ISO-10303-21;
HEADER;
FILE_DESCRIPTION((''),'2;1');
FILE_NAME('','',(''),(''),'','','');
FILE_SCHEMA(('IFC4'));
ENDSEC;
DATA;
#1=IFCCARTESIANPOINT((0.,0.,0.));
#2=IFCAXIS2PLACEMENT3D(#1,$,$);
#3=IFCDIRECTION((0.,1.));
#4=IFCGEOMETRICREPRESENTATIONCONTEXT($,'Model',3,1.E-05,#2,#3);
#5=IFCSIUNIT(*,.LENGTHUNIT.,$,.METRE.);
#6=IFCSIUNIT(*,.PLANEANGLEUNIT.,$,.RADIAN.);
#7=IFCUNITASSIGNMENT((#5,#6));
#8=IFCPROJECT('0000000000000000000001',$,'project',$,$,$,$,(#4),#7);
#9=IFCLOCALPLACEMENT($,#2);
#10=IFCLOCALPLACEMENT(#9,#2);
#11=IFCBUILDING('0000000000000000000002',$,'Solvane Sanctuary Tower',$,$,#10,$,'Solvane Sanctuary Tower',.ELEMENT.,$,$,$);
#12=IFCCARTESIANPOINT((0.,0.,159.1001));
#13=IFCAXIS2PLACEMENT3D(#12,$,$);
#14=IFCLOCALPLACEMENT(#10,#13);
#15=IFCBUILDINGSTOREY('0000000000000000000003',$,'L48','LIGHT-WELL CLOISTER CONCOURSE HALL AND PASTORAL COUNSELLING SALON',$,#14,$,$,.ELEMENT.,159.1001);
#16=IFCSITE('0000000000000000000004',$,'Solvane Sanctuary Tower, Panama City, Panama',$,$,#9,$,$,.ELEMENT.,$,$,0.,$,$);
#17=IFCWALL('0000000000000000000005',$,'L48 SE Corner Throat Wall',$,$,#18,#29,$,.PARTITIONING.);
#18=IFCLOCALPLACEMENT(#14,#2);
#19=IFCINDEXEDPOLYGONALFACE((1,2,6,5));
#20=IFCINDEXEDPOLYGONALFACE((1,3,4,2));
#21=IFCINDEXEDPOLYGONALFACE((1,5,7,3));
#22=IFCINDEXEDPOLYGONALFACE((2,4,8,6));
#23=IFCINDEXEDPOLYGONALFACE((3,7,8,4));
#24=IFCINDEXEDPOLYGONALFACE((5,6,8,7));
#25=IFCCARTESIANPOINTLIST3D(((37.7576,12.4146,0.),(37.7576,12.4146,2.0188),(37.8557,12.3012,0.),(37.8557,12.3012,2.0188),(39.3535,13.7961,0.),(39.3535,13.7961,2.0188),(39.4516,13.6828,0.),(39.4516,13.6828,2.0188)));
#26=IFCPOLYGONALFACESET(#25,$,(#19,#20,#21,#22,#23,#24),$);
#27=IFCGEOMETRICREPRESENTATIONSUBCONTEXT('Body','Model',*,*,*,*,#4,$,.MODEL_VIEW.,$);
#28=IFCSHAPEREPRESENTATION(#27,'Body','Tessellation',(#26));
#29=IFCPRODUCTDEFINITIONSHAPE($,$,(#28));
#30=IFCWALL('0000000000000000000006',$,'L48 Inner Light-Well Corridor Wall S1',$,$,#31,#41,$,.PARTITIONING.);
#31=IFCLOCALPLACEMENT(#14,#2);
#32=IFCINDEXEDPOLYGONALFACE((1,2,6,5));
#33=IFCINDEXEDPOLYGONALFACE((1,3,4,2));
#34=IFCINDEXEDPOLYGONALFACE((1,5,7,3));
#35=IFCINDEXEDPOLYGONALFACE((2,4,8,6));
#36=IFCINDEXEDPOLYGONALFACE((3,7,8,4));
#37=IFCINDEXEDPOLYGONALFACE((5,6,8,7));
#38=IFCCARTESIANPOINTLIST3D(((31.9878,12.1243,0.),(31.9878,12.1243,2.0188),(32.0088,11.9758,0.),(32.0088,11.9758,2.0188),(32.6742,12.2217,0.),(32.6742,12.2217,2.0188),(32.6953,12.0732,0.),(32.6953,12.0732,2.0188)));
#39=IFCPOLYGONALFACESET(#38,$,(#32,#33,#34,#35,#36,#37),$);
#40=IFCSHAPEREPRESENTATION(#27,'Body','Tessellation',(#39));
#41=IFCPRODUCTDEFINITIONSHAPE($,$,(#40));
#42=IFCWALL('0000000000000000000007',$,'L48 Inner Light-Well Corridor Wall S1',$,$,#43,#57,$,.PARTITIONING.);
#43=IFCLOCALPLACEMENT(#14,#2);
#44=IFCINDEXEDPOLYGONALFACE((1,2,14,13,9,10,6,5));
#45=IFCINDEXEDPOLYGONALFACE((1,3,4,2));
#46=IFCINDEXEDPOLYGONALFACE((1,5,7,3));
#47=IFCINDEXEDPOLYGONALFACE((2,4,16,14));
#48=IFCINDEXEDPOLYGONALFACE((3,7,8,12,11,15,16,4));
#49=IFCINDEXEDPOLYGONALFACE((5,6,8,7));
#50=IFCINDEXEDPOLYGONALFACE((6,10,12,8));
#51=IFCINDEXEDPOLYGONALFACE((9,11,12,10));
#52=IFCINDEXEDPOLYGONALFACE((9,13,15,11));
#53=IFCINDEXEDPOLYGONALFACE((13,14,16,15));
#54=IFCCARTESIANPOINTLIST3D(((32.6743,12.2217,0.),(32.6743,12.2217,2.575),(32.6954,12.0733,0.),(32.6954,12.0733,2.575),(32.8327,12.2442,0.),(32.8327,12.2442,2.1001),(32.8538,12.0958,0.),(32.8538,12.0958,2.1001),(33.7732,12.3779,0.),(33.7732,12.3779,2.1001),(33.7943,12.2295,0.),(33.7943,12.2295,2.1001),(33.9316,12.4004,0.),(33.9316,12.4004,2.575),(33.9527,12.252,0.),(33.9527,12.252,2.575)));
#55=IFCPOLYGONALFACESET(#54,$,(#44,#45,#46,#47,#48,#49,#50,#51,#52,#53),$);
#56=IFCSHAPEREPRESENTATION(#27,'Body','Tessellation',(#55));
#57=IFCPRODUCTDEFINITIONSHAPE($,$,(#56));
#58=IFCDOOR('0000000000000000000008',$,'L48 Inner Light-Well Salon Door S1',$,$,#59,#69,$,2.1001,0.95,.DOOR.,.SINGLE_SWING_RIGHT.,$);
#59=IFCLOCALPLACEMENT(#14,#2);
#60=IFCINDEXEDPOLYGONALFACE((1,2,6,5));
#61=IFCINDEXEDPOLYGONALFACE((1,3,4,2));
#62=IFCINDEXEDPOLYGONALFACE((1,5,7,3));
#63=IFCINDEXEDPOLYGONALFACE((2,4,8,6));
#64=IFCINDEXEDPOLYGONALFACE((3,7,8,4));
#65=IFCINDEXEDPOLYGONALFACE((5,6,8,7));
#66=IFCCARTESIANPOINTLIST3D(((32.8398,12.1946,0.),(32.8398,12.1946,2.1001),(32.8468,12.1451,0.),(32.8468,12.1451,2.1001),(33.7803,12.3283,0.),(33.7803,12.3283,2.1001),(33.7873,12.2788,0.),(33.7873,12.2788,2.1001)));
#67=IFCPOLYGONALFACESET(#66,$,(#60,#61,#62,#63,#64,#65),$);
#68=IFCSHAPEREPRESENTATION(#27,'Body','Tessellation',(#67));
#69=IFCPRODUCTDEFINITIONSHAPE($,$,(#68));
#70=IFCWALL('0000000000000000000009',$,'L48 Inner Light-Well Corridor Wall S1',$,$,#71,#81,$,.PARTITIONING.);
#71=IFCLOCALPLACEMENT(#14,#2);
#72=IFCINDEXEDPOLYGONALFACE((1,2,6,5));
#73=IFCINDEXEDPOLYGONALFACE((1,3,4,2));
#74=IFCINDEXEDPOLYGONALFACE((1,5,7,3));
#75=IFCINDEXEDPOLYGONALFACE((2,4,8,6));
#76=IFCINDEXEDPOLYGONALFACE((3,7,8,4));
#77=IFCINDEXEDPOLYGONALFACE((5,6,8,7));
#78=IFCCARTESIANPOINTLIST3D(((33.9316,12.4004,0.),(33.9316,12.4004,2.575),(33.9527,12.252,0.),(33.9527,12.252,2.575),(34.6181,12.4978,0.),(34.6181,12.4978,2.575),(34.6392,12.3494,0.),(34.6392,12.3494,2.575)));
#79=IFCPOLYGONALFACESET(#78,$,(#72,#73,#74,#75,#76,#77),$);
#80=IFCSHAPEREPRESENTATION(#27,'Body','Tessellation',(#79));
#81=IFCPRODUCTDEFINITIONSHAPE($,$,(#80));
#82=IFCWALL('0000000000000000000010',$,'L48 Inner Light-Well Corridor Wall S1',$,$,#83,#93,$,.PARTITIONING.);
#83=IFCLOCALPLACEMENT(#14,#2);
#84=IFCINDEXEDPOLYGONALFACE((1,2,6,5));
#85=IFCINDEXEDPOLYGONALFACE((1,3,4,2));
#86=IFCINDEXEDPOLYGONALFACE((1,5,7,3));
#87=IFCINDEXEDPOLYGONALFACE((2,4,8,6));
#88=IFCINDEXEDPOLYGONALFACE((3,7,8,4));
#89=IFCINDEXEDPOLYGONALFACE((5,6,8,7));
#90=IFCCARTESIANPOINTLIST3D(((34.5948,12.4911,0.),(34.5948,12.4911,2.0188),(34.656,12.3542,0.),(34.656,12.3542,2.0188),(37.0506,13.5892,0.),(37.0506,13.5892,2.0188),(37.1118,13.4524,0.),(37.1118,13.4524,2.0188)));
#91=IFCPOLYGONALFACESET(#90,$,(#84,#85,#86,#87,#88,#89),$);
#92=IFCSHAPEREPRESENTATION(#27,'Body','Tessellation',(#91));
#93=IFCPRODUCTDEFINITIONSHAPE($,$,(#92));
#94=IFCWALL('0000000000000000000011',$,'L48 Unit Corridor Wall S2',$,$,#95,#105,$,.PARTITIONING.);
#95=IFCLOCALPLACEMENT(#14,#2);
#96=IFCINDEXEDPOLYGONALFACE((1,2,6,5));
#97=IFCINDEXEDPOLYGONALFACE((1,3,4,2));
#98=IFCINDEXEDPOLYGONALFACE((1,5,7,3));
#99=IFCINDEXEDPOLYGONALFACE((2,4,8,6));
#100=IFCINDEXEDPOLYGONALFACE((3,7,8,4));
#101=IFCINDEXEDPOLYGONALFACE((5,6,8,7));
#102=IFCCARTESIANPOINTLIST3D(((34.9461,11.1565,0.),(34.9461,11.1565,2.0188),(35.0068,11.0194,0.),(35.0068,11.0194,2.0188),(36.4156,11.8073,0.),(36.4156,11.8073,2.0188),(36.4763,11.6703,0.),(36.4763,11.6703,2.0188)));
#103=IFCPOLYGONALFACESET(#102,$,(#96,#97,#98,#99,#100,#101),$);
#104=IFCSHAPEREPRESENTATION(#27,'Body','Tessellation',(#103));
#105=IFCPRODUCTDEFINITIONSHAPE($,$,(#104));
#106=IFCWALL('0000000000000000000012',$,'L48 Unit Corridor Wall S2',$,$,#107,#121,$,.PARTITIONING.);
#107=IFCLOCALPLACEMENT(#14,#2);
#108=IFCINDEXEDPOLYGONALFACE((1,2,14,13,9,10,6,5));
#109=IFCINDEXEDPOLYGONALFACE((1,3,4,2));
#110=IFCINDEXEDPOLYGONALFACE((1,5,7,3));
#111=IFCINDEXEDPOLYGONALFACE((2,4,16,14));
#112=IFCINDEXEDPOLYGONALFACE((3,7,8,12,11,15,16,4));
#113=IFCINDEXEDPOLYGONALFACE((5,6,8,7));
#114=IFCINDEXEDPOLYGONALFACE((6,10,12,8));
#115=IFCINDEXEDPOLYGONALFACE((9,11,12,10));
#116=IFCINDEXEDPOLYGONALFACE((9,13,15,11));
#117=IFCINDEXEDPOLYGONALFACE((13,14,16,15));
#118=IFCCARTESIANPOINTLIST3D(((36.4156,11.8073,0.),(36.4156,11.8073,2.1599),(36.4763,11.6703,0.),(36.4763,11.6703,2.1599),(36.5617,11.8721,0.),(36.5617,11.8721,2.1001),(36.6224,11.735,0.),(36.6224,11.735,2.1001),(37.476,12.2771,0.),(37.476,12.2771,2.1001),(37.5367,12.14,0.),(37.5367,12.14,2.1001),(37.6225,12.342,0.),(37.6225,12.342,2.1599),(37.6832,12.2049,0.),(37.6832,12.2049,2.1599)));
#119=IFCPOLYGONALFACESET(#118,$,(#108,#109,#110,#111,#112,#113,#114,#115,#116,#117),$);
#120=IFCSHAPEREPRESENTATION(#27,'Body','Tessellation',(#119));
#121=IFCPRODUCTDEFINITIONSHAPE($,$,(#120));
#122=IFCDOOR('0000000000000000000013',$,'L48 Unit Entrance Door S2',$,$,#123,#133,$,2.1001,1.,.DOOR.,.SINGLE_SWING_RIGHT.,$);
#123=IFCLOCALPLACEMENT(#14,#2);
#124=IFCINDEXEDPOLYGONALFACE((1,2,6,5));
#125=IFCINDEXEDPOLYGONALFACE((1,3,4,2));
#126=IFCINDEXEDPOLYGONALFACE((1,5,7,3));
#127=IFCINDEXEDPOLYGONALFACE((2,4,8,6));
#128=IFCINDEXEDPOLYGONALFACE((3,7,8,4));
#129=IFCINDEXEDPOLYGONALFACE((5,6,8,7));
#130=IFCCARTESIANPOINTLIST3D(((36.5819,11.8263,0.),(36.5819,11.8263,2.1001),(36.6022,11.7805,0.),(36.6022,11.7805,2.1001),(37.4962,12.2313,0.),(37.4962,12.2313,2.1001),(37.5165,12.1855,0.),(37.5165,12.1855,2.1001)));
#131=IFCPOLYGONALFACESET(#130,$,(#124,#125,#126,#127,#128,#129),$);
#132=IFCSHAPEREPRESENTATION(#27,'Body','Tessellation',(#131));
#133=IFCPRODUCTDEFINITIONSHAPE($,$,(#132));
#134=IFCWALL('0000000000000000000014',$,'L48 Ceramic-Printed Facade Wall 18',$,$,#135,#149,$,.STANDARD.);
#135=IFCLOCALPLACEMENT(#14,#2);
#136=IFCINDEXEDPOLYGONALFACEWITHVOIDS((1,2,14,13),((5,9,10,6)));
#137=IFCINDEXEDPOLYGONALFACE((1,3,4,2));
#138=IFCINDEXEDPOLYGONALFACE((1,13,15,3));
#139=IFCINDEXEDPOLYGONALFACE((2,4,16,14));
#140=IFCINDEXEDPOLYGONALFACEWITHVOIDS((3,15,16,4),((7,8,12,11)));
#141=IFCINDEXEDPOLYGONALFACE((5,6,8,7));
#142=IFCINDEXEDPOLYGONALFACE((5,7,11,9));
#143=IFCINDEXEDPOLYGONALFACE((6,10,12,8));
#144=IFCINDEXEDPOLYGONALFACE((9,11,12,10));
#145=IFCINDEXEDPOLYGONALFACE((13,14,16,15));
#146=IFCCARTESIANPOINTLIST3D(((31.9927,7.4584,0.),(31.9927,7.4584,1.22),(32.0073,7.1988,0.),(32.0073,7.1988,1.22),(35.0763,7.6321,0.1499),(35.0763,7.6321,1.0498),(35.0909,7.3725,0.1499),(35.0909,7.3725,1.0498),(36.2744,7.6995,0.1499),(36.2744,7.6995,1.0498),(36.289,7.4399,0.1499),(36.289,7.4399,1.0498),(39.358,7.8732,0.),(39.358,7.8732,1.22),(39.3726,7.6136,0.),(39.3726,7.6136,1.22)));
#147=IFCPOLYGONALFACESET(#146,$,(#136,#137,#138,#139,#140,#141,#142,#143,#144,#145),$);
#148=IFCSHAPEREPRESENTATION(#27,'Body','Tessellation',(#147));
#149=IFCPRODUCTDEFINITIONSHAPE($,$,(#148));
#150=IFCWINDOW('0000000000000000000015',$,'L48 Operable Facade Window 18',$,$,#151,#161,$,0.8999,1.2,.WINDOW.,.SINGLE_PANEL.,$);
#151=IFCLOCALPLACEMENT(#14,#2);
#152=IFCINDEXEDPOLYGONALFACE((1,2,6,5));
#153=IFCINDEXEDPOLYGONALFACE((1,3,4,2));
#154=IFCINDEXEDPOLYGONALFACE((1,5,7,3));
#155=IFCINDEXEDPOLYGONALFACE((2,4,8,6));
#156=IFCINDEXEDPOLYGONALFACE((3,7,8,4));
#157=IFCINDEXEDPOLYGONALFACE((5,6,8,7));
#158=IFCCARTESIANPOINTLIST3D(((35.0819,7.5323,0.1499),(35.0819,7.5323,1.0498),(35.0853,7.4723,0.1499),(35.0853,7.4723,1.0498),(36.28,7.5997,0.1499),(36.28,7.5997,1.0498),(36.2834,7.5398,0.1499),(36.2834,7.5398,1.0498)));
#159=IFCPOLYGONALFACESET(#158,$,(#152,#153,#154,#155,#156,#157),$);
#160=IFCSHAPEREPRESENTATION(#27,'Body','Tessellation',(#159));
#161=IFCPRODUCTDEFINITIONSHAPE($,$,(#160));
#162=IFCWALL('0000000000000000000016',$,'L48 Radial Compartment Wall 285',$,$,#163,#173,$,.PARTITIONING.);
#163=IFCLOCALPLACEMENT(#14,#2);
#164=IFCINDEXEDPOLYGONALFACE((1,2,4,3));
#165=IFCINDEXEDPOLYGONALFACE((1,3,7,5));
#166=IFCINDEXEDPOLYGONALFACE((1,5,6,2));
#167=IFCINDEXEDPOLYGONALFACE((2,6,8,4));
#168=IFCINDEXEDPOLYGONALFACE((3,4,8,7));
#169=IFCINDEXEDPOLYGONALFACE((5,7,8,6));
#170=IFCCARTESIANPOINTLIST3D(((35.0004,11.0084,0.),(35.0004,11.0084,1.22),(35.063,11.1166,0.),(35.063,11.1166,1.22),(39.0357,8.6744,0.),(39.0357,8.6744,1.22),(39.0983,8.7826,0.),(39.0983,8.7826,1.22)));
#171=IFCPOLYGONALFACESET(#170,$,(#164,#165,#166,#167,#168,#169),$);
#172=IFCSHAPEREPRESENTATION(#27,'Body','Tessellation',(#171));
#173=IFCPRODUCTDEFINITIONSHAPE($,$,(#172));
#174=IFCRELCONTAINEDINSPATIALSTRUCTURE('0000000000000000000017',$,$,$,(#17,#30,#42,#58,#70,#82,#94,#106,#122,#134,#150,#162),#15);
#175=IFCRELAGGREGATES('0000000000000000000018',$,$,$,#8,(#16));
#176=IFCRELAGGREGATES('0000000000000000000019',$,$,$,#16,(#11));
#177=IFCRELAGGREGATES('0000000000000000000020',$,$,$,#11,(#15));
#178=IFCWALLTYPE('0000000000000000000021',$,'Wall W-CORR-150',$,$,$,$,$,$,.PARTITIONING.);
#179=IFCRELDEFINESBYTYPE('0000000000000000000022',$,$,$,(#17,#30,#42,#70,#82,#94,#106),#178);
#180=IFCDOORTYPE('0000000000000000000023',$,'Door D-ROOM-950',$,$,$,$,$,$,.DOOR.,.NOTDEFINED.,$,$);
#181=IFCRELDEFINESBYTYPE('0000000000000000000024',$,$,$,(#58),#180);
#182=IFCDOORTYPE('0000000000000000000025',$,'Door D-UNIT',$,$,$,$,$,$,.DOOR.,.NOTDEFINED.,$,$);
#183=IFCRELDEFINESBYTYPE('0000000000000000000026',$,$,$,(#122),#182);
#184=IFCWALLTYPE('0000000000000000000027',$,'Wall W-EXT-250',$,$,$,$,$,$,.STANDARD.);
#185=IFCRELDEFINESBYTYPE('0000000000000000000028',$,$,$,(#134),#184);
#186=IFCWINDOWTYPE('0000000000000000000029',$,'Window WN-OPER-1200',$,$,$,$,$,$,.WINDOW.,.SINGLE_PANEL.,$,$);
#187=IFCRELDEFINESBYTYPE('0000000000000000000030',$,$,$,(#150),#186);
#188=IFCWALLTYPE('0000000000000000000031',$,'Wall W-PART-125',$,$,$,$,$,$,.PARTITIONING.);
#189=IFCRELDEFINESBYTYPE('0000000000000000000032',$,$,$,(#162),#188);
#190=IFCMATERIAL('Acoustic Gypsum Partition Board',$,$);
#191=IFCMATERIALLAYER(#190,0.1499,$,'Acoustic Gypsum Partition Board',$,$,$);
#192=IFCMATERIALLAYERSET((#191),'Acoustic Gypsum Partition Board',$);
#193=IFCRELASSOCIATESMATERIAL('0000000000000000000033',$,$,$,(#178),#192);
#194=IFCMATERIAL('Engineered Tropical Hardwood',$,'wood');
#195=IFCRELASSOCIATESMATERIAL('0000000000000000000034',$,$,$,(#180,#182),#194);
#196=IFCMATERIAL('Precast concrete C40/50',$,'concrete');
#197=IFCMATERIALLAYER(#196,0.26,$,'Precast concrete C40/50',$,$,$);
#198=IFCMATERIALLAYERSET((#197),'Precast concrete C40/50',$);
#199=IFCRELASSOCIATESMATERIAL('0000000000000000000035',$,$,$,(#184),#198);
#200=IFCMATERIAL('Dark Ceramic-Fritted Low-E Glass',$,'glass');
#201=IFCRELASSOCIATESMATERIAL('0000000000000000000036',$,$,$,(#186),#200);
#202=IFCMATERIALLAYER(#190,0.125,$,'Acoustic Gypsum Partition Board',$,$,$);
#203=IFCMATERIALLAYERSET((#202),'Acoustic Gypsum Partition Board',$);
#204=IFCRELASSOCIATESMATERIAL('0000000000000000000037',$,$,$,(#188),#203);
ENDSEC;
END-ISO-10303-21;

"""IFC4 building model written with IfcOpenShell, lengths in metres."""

from ifc_helpers import new_model, si_unit, direction, frame, frame_2d, origin, place, context, subcontext, project, spatial, rectangle, extrude, material, layer, layer_set, type_object, element, fill, save


model = new_model("IFC4")

# Units and contexts
model_context = context("Model", 3, precision=1e-05, world=origin(), true_north=direction((0.0, 1.0)))
body_context = subcontext(model_context, "Body", "Model", "MODEL_VIEW")
ifc_project = project(units=[si_unit("LENGTHUNIT", "METRE"), si_unit("PLANEANGLEUNIT", "RADIAN")], contexts=[model_context])

# Site, building, storey
site_placement = place(None, origin())
site = spatial("IfcSite", under=ifc_project, at=site_placement, Name="Solvane Sanctuary Tower, Panama City, Panama", CompositionType="ELEMENT", RefElevation=0.0)
building_placement = place(site_placement, origin())
building = spatial("IfcBuilding", under=site, at=building_placement, Name="Solvane Sanctuary Tower", LongName="Solvane Sanctuary Tower", CompositionType="ELEMENT")
storey_placement = place(building_placement, frame((0.0, 0.0, 159.1001)))
storey = spatial("IfcBuildingStorey", under=building, at=storey_placement, Name="L48", Description="LIGHT-WELL CLOISTER CONCOURSE HALL AND PASTORAL COUNSELLING SALON", CompositionType="ELEMENT", Elevation=159.1001)

# Walls
ifc_material_1 = material(Name="Acoustic Gypsum Partition Board")
ifc_layer_1 = layer(ifc_material_1, 0.1499, Name="Acoustic Gypsum Partition Board")
ifc_layer_set_1 = layer_set([ifc_layer_1], Name="Acoustic Gypsum Partition Board")
wall_type_1 = type_object("IfcWallType", Name="Wall W-CORR-150", PredefinedType="PARTITIONING", material=ifc_layer_set_1)
wall_1_placement = place(storey_placement, frame((37.8066, 12.3579, 0.0), z_axis=(0.0, 0.0, 1.0), x_axis=(0.756055, 0.654508, 0.0)))
element("IfcWall", 1, at=wall_1_placement, inside=storey, type_object=wall_type_1, Name="L48 SE Corner Throat Wall", PredefinedType="PARTITIONING", context=body_context, shape_type="SweptSolid", body=[
    extrude(rectangle(XDim=2.1108, YDim=0.1499, at=frame_2d((1.0554, 0.0))), origin(), (0.0, 0.0, 1.0), 2.0188),
])
wall_2_placement = place(storey_placement, frame((31.9983, 12.05, 0.0), z_axis=(0.0, 0.0, 1.0), x_axis=(0.990083, 0.140485, 0.0)))
element("IfcWall", 2, at=wall_2_placement, inside=storey, type_object=wall_type_1, Name="L48 Inner Light-Well Corridor Wall S1", PredefinedType="PARTITIONING", context=body_context, shape_type="SweptSolid", body=[
    extrude(rectangle(XDim=0.6934, YDim=0.1499, at=frame_2d((0.3467, 0.0))), origin(), (0.0, 0.0, 1.0), 2.0188),
])

# Wall, opening, door
wall_3_placement = place(storey_placement, frame((32.6848, 12.1475, 0.0), z_axis=(0.0, 0.0, 1.0), x_axis=(0.990049, 0.140722, 0.0)))
wall_3 = element("IfcWall", 3, at=wall_3_placement, inside=storey, type_object=wall_type_1, Name="L48 Inner Light-Well Corridor Wall S1", PredefinedType="PARTITIONING", context=body_context, shape_type="SweptSolid", body=[
    extrude(rectangle(XDim=1.27, YDim=0.1499, at=frame_2d((0.635, 0.0))), origin(), (0.0, 0.0, 1.0), 2.575),
])
opening_1_placement = place(wall_3_placement, frame((0.1599, 0.0, 0.0)))
opening_1 = element("IfcOpeningElement", 4, at=opening_1_placement, cuts=wall_3, PredefinedType="OPENING", context=body_context, shape_type="SweptSolid", body=[
    extrude(rectangle(XDim=0.95, YDim=2.1001, at=frame_2d((0.4751, 1.05))), frame((0.0, 0.085, 0.0), z_axis=(0.0, -1.0, 0.0), x_axis=(1.0, 0.0, 0.0)), (0.0, 0.0, 1.0), 0.1699),
])
ifc_material_2 = material(Name="Engineered Tropical Hardwood", Category="wood")
door_type_1 = type_object("IfcDoorType", Name="Door D-ROOM-950", OperationType="NOTDEFINED", PredefinedType="DOOR", material=ifc_material_2)
door_1_placement = place(opening_1_placement, origin())
door_1 = element("IfcDoor", 5, at=door_1_placement, inside=storey, type_object=door_type_1, Name="L48 Inner Light-Well Salon Door S1", OperationType="SINGLE_SWING_RIGHT", OverallHeight=2.1001, OverallWidth=0.95, PredefinedType="DOOR", context=body_context, shape_type="SweptSolid", body=[
    extrude(rectangle(XDim=0.95, YDim=2.1001, at=frame_2d((0.4751, 1.05))), frame((0.0, 0.0249, 0.0), z_axis=(0.0, -1.0, 0.0), x_axis=(1.0, 0.0, 0.0)), (0.0, 0.0, 1.0), 0.05),
])
fill(opening_1, door_1)

# Walls
wall_4_placement = place(storey_placement, frame((33.9421, 12.3262, 0.0), z_axis=(0.0, 0.0, 1.0), x_axis=(0.990083, 0.140485, 0.0)))
element("IfcWall", 6, at=wall_4_placement, inside=storey, type_object=wall_type_1, Name="L48 Inner Light-Well Corridor Wall S1", PredefinedType="PARTITIONING", context=body_context, shape_type="SweptSolid", body=[
    extrude(rectangle(XDim=0.6934, YDim=0.1499, at=frame_2d((0.3467, 0.0))), origin(), (0.0, 0.0, 1.0), 2.575),
])
wall_5_placement = place(storey_placement, frame((34.6252, 12.4226, 0.0), z_axis=(0.0, 0.0, 1.0), x_axis=(0.912889, 0.408209, 0.0)))
element("IfcWall", 7, at=wall_5_placement, inside=storey, type_object=wall_type_1, Name="L48 Inner Light-Well Corridor Wall S1", PredefinedType="PARTITIONING", context=body_context, shape_type="SweptSolid", body=[
    extrude(rectangle(XDim=2.6902, YDim=0.1499, at=frame_2d((1.3452, 0.0))), origin(), (0.0, 0.0, 1.0), 2.0188),
])
wall_6_placement = place(storey_placement, frame((34.9763, 11.0879, 0.0), z_axis=(0.0, 0.0, 1.0), x_axis=(0.914324, 0.404982, 0.0)))
element("IfcWall", 8, at=wall_6_placement, inside=storey, type_object=wall_type_1, Name="L48 Unit Corridor Wall S2", PredefinedType="PARTITIONING", context=body_context, shape_type="SweptSolid", body=[
    extrude(rectangle(XDim=1.6072, YDim=0.1499, at=frame_2d((0.8037, 0.0))), origin(), (0.0, 0.0, 1.0), 2.0188),
])

# Wall, opening, door
wall_7_placement = place(storey_placement, frame((36.4458, 11.7388, 0.0), z_axis=(0.0, 0.0, 1.0), x_axis=(0.914314, 0.405006, 0.0)))
wall_7 = element("IfcWall", 9, at=wall_7_placement, inside=storey, type_object=wall_type_1, Name="L48 Unit Corridor Wall S2", PredefinedType="PARTITIONING", context=body_context, shape_type="SweptSolid", body=[
    extrude(rectangle(XDim=1.3201, YDim=0.1499, at=frame_2d((0.6602, 0.0))), origin(), (0.0, 0.0, 1.0), 2.1599),
])
opening_2_placement = place(wall_7_placement, frame((0.1599, 0.0, 0.0)))
opening_2 = element("IfcOpeningElement", 10, at=opening_2_placement, cuts=wall_7, PredefinedType="OPENING", context=body_context, shape_type="SweptSolid", body=[
    extrude(rectangle(XDim=1.0, YDim=2.1001, at=frame_2d((0.5, 1.05))), frame((0.0, 0.085, 0.0), z_axis=(0.0, -1.0, 0.0), x_axis=(1.0, 0.0, 0.0)), (0.0, 0.0, 1.0), 0.1699),
])
door_type_2 = type_object("IfcDoorType", Name="Door D-UNIT", OperationType="NOTDEFINED", PredefinedType="DOOR", material=ifc_material_2)
door_2_placement = place(opening_2_placement, origin())
door_2 = element("IfcDoor", 11, at=door_2_placement, inside=storey, type_object=door_type_2, Name="L48 Unit Entrance Door S2", OperationType="SINGLE_SWING_RIGHT", OverallHeight=2.1001, OverallWidth=1.0, PredefinedType="DOOR", context=body_context, shape_type="SweptSolid", body=[
    extrude(rectangle(XDim=1.0, YDim=2.1001, at=frame_2d((0.5, 1.05))), frame((0.0, 0.0249, 0.0), z_axis=(0.0, -1.0, 0.0), x_axis=(1.0, 0.0, 0.0)), (0.0, 0.0, 1.0), 0.05),
])
fill(opening_2, door_2)

# Wall, opening, window
ifc_material_3 = material(Name="Precast concrete C40/50", Category="concrete")
ifc_layer_2 = layer(ifc_material_3, 0.26, Name="Precast concrete C40/50")
ifc_layer_set_2 = layer_set([ifc_layer_2], Name="Precast concrete C40/50")
wall_type_2 = type_object("IfcWallType", Name="Wall W-EXT-250", PredefinedType="STANDARD", material=ifc_layer_set_2)
wall_8_placement = place(storey_placement, frame((32.0, 7.3286, 0.0), z_axis=(0.0, 0.0, 1.0), x_axis=(0.998418, 0.056229, 0.0)))
wall_8 = element("IfcWall", 12, at=wall_8_placement, inside=storey, type_object=wall_type_2, Name="L48 Ceramic-Printed Facade Wall 18", PredefinedType="STANDARD", context=body_context, shape_type="SweptSolid", body=[
    extrude(rectangle(XDim=7.377, YDim=0.26, at=frame_2d((3.6885, 0.0))), origin(), (0.0, 0.0, 1.0), 1.22),
])
opening_3_placement = place(wall_8_placement, frame((3.0884, 0.0, 0.1499)))
opening_3 = element("IfcOpeningElement", 13, at=opening_3_placement, cuts=wall_8, PredefinedType="OPENING", context=body_context, shape_type="SweptSolid", body=[
    extrude(rectangle(XDim=1.2, YDim=0.8999, at=frame_2d((0.6001, 0.45))), frame((0.0, 0.1399, 0.0), z_axis=(0.0, -1.0, 0.0), x_axis=(1.0, 0.0, 0.0)), (0.0, 0.0, 1.0), 0.28),
])
ifc_material_4 = material(Name="Dark Ceramic-Fritted Low-E Glass", Category="glass")
window_type = type_object("IfcWindowType", Name="Window WN-OPER-1200", PartitioningType="SINGLE_PANEL", PredefinedType="WINDOW", material=ifc_material_4)
window_placement = place(opening_3_placement, origin())
window = element("IfcWindow", 14, at=window_placement, inside=storey, type_object=window_type, Name="L48 Operable Facade Window 18", OverallHeight=0.8999, OverallWidth=1.2, PartitioningType="SINGLE_PANEL", PredefinedType="WINDOW", context=body_context, shape_type="SweptSolid", body=[
    extrude(rectangle(XDim=1.2, YDim=0.8999, at=frame_2d((0.6001, 0.45))), frame((0.0, 0.03, 0.0), z_axis=(0.0, -1.0, 0.0), x_axis=(1.0, 0.0, 0.0)), (0.0, 0.0, 1.0), 0.0601),
])
fill(opening_3, window)

# Wall
ifc_layer_3 = layer(ifc_material_1, 0.125, Name="Acoustic Gypsum Partition Board")
ifc_layer_set_3 = layer_set([ifc_layer_3], Name="Acoustic Gypsum Partition Board")
wall_type_3 = type_object("IfcWallType", Name="Wall W-PART-125", PredefinedType="PARTITIONING", material=ifc_layer_set_3)
wall_9_placement = place(storey_placement, frame((35.0317, 11.0625, 0.0), z_axis=(0.0, 0.0, 1.0), x_axis=(0.865627, -0.500689, 0.0)))
element("IfcWall", 15, at=wall_9_placement, inside=storey, type_object=wall_type_3, Name="L48 Radial Compartment Wall 285", PredefinedType="PARTITIONING", context=body_context, shape_type="SweptSolid", body=[
    extrude(rectangle(XDim=4.6616, YDim=0.125, at=frame_2d((2.3308, 0.0))), origin(), (0.0, 0.0, 1.0), 1.22),
])

save(model, "model.ifc")
